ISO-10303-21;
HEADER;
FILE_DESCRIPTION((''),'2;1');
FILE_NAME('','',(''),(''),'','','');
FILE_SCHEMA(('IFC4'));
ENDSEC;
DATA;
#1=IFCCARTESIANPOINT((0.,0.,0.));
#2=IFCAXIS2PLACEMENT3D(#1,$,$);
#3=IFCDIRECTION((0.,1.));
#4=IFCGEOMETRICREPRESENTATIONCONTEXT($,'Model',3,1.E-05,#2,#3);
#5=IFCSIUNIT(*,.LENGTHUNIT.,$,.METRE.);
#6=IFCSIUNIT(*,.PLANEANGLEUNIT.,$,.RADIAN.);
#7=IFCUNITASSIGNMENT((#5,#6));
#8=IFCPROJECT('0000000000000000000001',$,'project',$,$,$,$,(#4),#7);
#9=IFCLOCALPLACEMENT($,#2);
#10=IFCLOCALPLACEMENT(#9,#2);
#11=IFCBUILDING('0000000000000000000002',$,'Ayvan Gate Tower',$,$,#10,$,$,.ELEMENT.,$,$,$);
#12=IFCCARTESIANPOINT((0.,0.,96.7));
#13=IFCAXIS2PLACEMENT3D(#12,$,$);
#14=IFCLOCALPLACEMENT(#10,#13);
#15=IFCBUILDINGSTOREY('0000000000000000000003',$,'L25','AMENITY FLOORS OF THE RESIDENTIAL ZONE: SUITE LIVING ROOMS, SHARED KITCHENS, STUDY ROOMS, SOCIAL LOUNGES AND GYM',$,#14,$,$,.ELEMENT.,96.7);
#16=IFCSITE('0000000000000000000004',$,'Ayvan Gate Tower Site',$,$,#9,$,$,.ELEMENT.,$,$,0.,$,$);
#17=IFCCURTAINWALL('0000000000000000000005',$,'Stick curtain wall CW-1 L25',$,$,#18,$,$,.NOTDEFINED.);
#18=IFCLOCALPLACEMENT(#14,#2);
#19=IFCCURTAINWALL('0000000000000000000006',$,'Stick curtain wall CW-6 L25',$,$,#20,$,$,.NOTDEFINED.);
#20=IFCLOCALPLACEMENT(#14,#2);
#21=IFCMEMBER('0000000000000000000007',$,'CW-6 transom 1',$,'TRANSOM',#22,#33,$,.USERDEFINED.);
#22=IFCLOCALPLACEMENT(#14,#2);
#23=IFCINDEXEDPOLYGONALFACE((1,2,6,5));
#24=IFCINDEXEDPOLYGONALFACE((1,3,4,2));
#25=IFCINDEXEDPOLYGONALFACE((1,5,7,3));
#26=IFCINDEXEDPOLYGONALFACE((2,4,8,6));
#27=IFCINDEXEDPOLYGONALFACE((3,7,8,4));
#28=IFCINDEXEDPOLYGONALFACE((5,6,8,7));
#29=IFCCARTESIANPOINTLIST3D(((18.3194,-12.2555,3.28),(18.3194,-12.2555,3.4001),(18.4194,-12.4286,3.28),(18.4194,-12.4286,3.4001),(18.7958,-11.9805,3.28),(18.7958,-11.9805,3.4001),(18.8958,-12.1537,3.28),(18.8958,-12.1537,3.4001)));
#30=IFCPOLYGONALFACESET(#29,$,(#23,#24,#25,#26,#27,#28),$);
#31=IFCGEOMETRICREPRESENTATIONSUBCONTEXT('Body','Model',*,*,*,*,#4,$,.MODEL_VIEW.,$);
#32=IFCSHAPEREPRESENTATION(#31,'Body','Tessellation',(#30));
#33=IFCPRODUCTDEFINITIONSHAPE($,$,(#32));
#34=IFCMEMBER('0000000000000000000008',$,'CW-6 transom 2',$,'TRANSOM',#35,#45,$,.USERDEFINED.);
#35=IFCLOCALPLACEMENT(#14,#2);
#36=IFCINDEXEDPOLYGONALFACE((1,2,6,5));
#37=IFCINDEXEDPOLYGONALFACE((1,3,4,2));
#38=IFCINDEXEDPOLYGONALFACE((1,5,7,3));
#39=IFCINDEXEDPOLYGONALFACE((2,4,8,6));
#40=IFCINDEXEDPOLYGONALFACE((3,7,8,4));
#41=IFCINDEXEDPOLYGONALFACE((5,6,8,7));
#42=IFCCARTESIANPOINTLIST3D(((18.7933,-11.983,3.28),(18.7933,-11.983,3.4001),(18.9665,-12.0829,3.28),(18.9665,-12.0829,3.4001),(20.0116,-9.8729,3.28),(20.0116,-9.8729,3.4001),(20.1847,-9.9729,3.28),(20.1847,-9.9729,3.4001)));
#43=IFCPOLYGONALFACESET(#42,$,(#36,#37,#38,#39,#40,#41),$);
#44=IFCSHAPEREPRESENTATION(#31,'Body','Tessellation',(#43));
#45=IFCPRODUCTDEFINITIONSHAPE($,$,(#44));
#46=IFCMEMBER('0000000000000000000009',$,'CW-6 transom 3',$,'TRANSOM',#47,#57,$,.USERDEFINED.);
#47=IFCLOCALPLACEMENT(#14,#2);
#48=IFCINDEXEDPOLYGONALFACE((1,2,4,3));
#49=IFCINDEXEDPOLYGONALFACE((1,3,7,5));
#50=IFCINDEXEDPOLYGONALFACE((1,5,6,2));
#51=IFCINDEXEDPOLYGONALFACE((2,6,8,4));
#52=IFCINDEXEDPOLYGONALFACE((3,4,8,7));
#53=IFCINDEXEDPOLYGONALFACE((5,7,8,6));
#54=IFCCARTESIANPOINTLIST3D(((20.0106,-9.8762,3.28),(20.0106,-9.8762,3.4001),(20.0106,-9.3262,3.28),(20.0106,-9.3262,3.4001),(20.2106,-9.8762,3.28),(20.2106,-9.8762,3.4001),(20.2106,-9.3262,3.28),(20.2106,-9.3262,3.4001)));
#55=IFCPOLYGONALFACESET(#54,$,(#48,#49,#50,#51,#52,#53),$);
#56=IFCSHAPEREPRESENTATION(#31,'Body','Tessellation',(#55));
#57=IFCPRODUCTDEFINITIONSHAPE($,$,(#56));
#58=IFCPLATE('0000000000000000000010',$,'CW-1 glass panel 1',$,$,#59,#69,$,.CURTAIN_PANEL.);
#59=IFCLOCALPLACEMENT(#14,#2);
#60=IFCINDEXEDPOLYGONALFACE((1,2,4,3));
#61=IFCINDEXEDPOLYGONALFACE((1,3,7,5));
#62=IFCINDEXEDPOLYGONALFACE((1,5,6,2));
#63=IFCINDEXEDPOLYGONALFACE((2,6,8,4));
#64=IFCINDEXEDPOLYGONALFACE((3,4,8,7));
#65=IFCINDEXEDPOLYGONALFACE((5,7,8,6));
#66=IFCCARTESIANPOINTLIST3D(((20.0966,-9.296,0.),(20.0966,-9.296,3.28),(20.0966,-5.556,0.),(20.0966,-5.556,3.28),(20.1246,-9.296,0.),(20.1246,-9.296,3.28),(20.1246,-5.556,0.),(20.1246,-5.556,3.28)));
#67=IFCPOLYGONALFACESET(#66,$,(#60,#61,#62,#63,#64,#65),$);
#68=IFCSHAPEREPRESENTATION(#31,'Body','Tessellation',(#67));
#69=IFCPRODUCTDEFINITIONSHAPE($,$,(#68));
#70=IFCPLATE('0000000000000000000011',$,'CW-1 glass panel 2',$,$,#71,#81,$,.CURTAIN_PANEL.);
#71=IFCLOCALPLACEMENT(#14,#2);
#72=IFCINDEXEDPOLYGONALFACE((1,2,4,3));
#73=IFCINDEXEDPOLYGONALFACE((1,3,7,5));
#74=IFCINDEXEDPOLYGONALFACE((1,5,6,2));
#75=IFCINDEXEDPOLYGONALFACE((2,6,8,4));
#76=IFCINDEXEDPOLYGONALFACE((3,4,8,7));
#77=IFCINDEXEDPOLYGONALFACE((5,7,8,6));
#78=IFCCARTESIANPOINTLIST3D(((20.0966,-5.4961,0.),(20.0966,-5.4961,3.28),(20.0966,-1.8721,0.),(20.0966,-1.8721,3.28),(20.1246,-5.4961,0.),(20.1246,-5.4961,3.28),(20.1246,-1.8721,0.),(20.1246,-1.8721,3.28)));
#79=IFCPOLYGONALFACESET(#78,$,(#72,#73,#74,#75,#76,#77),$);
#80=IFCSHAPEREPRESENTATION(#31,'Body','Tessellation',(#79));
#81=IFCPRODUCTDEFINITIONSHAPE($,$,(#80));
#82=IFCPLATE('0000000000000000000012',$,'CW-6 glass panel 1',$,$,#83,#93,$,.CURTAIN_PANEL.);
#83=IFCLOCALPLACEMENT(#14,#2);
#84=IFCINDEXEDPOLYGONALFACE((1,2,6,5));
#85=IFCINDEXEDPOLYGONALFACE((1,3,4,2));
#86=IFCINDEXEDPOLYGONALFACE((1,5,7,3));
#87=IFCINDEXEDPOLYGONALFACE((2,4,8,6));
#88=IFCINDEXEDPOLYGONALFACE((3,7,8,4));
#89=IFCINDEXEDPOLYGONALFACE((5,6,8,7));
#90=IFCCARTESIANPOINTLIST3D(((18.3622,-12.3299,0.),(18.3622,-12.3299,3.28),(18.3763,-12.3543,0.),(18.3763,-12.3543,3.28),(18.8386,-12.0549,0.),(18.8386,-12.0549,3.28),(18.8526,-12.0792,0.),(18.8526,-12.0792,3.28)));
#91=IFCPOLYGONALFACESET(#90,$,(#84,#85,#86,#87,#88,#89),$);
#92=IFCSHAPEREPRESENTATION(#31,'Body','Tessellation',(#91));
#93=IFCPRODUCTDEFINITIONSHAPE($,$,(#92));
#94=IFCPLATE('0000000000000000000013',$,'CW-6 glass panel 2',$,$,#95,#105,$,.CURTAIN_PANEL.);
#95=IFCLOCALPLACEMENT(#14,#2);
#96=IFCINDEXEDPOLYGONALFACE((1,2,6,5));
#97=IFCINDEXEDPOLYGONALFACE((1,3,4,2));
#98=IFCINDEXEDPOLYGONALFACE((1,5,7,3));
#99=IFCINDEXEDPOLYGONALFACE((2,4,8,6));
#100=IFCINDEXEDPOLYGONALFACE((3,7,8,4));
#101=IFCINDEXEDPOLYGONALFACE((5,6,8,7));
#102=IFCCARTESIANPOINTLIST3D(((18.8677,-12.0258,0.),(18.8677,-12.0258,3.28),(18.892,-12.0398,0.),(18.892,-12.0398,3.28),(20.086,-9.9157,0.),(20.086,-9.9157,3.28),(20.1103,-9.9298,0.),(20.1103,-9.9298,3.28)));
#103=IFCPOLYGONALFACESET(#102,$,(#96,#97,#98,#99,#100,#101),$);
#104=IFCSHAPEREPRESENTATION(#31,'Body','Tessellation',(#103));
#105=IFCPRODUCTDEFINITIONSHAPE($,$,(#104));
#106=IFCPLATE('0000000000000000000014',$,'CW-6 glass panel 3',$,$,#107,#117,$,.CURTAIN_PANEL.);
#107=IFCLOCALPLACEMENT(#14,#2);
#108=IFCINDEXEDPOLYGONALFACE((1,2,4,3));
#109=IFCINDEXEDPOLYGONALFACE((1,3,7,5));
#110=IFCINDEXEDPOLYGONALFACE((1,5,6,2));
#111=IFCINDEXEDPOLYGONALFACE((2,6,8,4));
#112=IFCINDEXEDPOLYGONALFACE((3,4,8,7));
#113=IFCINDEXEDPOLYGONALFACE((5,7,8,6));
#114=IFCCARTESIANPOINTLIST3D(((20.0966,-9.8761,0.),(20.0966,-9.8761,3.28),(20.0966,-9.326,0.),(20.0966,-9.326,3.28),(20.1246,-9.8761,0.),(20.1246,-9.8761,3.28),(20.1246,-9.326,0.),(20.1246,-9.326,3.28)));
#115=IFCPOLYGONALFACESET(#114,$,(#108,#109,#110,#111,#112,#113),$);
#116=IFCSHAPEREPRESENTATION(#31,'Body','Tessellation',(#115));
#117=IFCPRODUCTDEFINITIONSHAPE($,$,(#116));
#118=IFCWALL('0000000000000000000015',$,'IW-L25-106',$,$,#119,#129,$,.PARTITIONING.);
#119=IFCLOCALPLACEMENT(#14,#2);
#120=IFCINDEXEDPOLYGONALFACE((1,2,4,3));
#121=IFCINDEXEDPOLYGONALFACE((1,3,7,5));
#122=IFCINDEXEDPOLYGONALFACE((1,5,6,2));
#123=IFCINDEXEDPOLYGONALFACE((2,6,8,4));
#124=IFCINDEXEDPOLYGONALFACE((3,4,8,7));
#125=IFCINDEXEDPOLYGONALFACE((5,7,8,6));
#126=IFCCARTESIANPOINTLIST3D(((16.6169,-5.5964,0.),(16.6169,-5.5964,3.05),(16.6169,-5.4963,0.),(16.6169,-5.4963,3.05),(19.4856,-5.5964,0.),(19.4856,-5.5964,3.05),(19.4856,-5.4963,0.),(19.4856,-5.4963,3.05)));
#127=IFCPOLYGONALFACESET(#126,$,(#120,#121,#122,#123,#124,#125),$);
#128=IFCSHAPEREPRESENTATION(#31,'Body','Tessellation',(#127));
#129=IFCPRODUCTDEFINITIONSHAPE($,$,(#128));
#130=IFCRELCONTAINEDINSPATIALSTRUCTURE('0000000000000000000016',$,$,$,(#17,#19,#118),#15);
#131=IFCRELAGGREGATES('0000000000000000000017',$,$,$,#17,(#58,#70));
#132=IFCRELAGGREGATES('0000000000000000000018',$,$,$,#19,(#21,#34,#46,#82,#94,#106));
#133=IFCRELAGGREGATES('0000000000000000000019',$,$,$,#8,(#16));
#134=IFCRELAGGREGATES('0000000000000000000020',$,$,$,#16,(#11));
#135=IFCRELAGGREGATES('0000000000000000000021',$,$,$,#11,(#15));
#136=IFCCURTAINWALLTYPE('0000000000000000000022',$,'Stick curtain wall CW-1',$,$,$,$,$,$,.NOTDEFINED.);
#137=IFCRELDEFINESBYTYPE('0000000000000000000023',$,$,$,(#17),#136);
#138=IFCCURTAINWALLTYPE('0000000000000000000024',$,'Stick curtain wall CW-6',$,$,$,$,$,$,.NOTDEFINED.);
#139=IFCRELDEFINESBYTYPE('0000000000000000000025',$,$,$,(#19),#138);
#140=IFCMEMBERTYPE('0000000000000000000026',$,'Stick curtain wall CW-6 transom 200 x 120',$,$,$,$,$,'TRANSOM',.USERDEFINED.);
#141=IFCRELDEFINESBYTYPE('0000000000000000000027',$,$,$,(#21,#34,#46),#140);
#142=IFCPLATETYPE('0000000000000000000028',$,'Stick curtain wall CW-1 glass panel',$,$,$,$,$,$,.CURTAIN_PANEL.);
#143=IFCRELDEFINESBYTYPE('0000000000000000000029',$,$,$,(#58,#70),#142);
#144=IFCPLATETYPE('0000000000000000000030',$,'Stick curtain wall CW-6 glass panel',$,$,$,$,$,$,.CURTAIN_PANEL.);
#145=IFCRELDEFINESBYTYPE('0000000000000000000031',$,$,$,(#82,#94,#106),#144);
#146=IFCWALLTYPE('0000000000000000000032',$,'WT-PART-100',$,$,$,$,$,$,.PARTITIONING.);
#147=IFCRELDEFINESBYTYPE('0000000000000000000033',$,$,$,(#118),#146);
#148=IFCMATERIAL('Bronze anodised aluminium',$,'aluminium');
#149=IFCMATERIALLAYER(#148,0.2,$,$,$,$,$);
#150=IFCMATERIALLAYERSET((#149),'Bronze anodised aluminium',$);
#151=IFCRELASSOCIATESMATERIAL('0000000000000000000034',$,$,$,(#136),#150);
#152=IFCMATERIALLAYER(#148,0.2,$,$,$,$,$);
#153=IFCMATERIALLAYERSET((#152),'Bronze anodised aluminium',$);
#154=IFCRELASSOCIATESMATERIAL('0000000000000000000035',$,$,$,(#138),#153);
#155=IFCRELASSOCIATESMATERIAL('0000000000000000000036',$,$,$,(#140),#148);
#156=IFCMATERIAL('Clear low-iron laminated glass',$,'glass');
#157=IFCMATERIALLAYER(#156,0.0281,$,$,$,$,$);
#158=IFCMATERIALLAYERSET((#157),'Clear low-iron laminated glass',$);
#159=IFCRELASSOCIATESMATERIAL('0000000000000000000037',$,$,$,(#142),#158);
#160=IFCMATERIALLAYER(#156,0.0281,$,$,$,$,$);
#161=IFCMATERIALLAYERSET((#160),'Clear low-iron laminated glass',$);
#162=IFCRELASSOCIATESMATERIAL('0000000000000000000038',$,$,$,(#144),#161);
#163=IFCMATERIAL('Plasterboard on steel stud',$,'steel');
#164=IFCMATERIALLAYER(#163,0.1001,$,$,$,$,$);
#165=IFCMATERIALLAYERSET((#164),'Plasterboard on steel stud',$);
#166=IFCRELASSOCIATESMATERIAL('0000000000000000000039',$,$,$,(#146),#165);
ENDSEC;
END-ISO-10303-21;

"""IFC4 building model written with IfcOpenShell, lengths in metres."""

from ifc_helpers import new_model, si_unit, direction, frame, frame_2d, origin, origin_2d, place, context, subcontext, project, spatial, rectangle, extrude, material, layer, layer_set, material_profile, profile_set, type_object, element, aggregate, save


model = new_model("IFC4")

# Units and contexts
model_context = context("Model", 3, precision=1e-05, world=origin(), true_north=direction((0.0, 1.0)))
body_context = subcontext(model_context, "Body", "Model", "MODEL_VIEW")
ifc_project = project(units=[si_unit("LENGTHUNIT", "METRE"), si_unit("PLANEANGLEUNIT", "RADIAN")], contexts=[model_context])

# Site, building, storey
site_placement = place(None, origin())
site = spatial("IfcSite", under=ifc_project, at=site_placement, Name="Ayvan Gate Tower Site", CompositionType="ELEMENT", RefElevation=0.0)
building_placement = place(site_placement, origin())
building = spatial("IfcBuilding", under=site, at=building_placement, Name="Ayvan Gate Tower", CompositionType="ELEMENT")
storey_placement = place(building_placement, frame((0.0, 0.0, 96.7)))
storey = spatial("IfcBuildingStorey", under=building, at=storey_placement, Name="L25", Description="AMENITY FLOORS OF THE RESIDENTIAL ZONE: SUITE LIVING ROOMS, SHARED KITCHENS, STUDY ROOMS, SOCIAL LOUNGES AND GYM", CompositionType="ELEMENT", Elevation=96.7)

# Curtain walls, members
ifc_material_1 = material(Name="Bronze anodised aluminium", Category="aluminium")
ifc_layer_1 = layer(ifc_material_1, 0.2)
ifc_layer_set_1 = layer_set([ifc_layer_1], Name="Bronze anodised aluminium")
curtain_wall_type_1 = type_object("IfcCurtainWallType", Name="Stick curtain wall CW-1", PredefinedType="NOTDEFINED", material=ifc_layer_set_1)
curtain_wall_1_placement = place(storey_placement, origin())
curtain_wall_1 = element("IfcCurtainWall", 1, at=curtain_wall_1_placement, inside=storey, type_object=curtain_wall_type_1, Name="Stick curtain wall CW-1 L25", PredefinedType="NOTDEFINED")
ifc_layer_2 = layer(ifc_material_1, 0.2)
ifc_layer_set_2 = layer_set([ifc_layer_2], Name="Bronze anodised aluminium")
curtain_wall_type_2 = type_object("IfcCurtainWallType", Name="Stick curtain wall CW-6", PredefinedType="NOTDEFINED", material=ifc_layer_set_2)
curtain_wall_2_placement = place(storey_placement, origin())
curtain_wall_2 = element("IfcCurtainWall", 2, at=curtain_wall_2_placement, inside=storey, type_object=curtain_wall_type_2, Name="Stick curtain wall CW-6 L25", PredefinedType="NOTDEFINED")
ifc_material_profile_1 = material_profile(ifc_material_1, rectangle(XDim=0.2, YDim=0.1201, at=origin_2d()), Name="Stick curtain wall CW-6 transom 200 x 120")
ifc_profile_set_1 = profile_set([ifc_material_profile_1], Name="Bronze anodised aluminium")
member_type_1 = type_object("IfcMemberType", Name="Stick curtain wall CW-6 transom 200 x 120", ElementType="TRANSOM", PredefinedType="USERDEFINED", material=ifc_profile_set_1)
member_1_placement = place(storey_placement, frame((18.3694, -12.342, 3.3401), z_axis=(0.866104, 0.499863, 0.0), x_axis=(-0.499863, 0.866104, 0.0)))
member_1 = element("IfcMember", 3, at=member_1_placement, type_object=member_type_1, Name="CW-6 transom 1", ObjectType="TRANSOM", PredefinedType="USERDEFINED", context=body_context, shape_type="SweptSolid", body=[
    extrude(rectangle(XDim=0.2, YDim=0.1201, at=origin_2d()), origin(), (0.0, 0.0, 1.0), 0.55),
])
member_2_placement = place(storey_placement, frame((18.8799, -12.033, 3.3401), z_axis=(0.499997, 0.866027, 0.0), x_axis=(-0.866027, 0.499997, 0.0)))
member_2 = element("IfcMember", 4, at=member_2_placement, type_object=member_type_1, Name="CW-6 transom 2", ObjectType="TRANSOM", PredefinedType="USERDEFINED", context=body_context, shape_type="SweptSolid", body=[
    extrude(rectangle(XDim=0.2, YDim=0.1201, at=origin_2d()), origin(), (0.0, 0.0, 1.0), 2.4365),
])
member_3_placement = place(storey_placement, frame((20.1106, -9.8762, 3.3401), z_axis=(0.0, 1.0, 0.0), x_axis=(-1.0, 0.0, 0.0)))
member_3 = element("IfcMember", 5, at=member_3_placement, type_object=member_type_1, Name="CW-6 transom 3", ObjectType="TRANSOM", PredefinedType="USERDEFINED", context=body_context, shape_type="SweptSolid", body=[
    extrude(rectangle(XDim=0.2, YDim=0.1201, at=origin_2d()), origin(), (0.0, 0.0, 1.0), 0.55),
])

# Plates
ifc_material_2 = material(Name="Clear low-iron laminated glass", Category="glass")
ifc_layer_3 = layer(ifc_material_2, 0.0281)
ifc_layer_set_3 = layer_set([ifc_layer_3], Name="Clear low-iron laminated glass")
plate_type_1 = type_object("IfcPlateType", Name="Stick curtain wall CW-1 glass panel", PredefinedType="CURTAIN_PANEL", material=ifc_layer_set_3)
plate_1_placement = place(storey_placement, frame((20.1106, -7.426, 0.0), z_axis=(0.0, 0.0, 1.0), x_axis=(0.0, 1.0, 0.0)))
plate_1 = element("IfcPlate", 6, at=plate_1_placement, type_object=plate_type_1, Name="CW-1 glass panel 1", PredefinedType="CURTAIN_PANEL", context=body_context, shape_type="SweptSolid", body=[
    extrude(rectangle(XDim=3.74, YDim=0.0281, at=origin_2d()), origin(), (0.0, 0.0, 1.0), 3.28),
])
plate_2_placement = place(storey_placement, frame((20.1106, -3.6841, 0.0), z_axis=(0.0, 0.0, 1.0), x_axis=(0.0, 1.0, 0.0)))
plate_2 = element("IfcPlate", 7, at=plate_2_placement, type_object=plate_type_1, Name="CW-1 glass panel 2", PredefinedType="CURTAIN_PANEL", context=body_context, shape_type="SweptSolid", body=[
    extrude(rectangle(XDim=3.624, YDim=0.0281, at=origin_2d()), origin(), (0.0, 0.0, 1.0), 3.28),
])
aggregate(curtain_wall_1, [plate_1, plate_2])
ifc_layer_4 = layer(ifc_material_2, 0.0281)
ifc_layer_set_4 = layer_set([ifc_layer_4], Name="Clear low-iron laminated glass")
plate_type_2 = type_object("IfcPlateType", Name="Stick curtain wall CW-6 glass panel", PredefinedType="CURTAIN_PANEL", material=ifc_layer_set_4)
plate_3_placement = place(storey_placement, frame((18.6074, -12.2046, 0.0), z_axis=(0.0, 0.0, 1.0), x_axis=(0.866025, 0.5, 0.0)))
plate_3 = element("IfcPlate", 8, at=plate_3_placement, type_object=plate_type_2, Name="CW-6 glass panel 1", PredefinedType="CURTAIN_PANEL", context=body_context, shape_type="SweptSolid", body=[
    extrude(rectangle(XDim=0.55, YDim=0.0281, at=origin_2d()), origin(), (0.0, 0.0, 1.0), 3.28),
])
plate_4_placement = place(storey_placement, frame((19.489, -10.9778, 0.0), z_axis=(0.0, 0.0, 1.0), x_axis=(0.5, 0.866025, 0.0)))
plate_4 = element("IfcPlate", 9, at=plate_4_placement, type_object=plate_type_2, Name="CW-6 glass panel 2", PredefinedType="CURTAIN_PANEL", context=body_context, shape_type="SweptSolid", body=[
    extrude(rectangle(XDim=2.4365, YDim=0.0281, at=origin_2d()), origin(), (0.0, 0.0, 1.0), 3.28),
])
plate_5_placement = place(storey_placement, frame((20.1106, -9.6011, 0.0), z_axis=(0.0, 0.0, 1.0), x_axis=(0.0, 1.0, 0.0)))
plate_5 = element("IfcPlate", 10, at=plate_5_placement, type_object=plate_type_2, Name="CW-6 glass panel 3", PredefinedType="CURTAIN_PANEL", context=body_context, shape_type="SweptSolid", body=[
    extrude(rectangle(XDim=0.55, YDim=0.0281, at=origin_2d()), origin(), (0.0, 0.0, 1.0), 3.28),
])
aggregate(curtain_wall_2, [member_1, member_2, member_3, plate_3, plate_4, plate_5])

# Wall
ifc_material_3 = material(Name="Plasterboard on steel stud", Category="steel")
ifc_layer_5 = layer(ifc_material_3, 0.1001)
ifc_layer_set_5 = layer_set([ifc_layer_5], Name="Plasterboard on steel stud")
wall_type = type_object("IfcWallType", Name="WT-PART-100", PredefinedType="PARTITIONING", material=ifc_layer_set_5)
wall_placement = place(storey_placement, frame((19.4856, -5.5464, 0.0), z_axis=(0.0, 0.0, 1.0), x_axis=(-1.0, 0.0, 0.0)))
element("IfcWall", 11, at=wall_placement, inside=storey, type_object=wall_type, Name="IW-L25-106", PredefinedType="PARTITIONING", context=body_context, shape_type="SweptSolid", body=[
    extrude(rectangle(XDim=2.8687, YDim=0.1001, at=frame_2d((1.4343, 0.0))), origin(), (0.0, 0.0, 1.0), 3.05),
])

save(model, "model.ifc")
